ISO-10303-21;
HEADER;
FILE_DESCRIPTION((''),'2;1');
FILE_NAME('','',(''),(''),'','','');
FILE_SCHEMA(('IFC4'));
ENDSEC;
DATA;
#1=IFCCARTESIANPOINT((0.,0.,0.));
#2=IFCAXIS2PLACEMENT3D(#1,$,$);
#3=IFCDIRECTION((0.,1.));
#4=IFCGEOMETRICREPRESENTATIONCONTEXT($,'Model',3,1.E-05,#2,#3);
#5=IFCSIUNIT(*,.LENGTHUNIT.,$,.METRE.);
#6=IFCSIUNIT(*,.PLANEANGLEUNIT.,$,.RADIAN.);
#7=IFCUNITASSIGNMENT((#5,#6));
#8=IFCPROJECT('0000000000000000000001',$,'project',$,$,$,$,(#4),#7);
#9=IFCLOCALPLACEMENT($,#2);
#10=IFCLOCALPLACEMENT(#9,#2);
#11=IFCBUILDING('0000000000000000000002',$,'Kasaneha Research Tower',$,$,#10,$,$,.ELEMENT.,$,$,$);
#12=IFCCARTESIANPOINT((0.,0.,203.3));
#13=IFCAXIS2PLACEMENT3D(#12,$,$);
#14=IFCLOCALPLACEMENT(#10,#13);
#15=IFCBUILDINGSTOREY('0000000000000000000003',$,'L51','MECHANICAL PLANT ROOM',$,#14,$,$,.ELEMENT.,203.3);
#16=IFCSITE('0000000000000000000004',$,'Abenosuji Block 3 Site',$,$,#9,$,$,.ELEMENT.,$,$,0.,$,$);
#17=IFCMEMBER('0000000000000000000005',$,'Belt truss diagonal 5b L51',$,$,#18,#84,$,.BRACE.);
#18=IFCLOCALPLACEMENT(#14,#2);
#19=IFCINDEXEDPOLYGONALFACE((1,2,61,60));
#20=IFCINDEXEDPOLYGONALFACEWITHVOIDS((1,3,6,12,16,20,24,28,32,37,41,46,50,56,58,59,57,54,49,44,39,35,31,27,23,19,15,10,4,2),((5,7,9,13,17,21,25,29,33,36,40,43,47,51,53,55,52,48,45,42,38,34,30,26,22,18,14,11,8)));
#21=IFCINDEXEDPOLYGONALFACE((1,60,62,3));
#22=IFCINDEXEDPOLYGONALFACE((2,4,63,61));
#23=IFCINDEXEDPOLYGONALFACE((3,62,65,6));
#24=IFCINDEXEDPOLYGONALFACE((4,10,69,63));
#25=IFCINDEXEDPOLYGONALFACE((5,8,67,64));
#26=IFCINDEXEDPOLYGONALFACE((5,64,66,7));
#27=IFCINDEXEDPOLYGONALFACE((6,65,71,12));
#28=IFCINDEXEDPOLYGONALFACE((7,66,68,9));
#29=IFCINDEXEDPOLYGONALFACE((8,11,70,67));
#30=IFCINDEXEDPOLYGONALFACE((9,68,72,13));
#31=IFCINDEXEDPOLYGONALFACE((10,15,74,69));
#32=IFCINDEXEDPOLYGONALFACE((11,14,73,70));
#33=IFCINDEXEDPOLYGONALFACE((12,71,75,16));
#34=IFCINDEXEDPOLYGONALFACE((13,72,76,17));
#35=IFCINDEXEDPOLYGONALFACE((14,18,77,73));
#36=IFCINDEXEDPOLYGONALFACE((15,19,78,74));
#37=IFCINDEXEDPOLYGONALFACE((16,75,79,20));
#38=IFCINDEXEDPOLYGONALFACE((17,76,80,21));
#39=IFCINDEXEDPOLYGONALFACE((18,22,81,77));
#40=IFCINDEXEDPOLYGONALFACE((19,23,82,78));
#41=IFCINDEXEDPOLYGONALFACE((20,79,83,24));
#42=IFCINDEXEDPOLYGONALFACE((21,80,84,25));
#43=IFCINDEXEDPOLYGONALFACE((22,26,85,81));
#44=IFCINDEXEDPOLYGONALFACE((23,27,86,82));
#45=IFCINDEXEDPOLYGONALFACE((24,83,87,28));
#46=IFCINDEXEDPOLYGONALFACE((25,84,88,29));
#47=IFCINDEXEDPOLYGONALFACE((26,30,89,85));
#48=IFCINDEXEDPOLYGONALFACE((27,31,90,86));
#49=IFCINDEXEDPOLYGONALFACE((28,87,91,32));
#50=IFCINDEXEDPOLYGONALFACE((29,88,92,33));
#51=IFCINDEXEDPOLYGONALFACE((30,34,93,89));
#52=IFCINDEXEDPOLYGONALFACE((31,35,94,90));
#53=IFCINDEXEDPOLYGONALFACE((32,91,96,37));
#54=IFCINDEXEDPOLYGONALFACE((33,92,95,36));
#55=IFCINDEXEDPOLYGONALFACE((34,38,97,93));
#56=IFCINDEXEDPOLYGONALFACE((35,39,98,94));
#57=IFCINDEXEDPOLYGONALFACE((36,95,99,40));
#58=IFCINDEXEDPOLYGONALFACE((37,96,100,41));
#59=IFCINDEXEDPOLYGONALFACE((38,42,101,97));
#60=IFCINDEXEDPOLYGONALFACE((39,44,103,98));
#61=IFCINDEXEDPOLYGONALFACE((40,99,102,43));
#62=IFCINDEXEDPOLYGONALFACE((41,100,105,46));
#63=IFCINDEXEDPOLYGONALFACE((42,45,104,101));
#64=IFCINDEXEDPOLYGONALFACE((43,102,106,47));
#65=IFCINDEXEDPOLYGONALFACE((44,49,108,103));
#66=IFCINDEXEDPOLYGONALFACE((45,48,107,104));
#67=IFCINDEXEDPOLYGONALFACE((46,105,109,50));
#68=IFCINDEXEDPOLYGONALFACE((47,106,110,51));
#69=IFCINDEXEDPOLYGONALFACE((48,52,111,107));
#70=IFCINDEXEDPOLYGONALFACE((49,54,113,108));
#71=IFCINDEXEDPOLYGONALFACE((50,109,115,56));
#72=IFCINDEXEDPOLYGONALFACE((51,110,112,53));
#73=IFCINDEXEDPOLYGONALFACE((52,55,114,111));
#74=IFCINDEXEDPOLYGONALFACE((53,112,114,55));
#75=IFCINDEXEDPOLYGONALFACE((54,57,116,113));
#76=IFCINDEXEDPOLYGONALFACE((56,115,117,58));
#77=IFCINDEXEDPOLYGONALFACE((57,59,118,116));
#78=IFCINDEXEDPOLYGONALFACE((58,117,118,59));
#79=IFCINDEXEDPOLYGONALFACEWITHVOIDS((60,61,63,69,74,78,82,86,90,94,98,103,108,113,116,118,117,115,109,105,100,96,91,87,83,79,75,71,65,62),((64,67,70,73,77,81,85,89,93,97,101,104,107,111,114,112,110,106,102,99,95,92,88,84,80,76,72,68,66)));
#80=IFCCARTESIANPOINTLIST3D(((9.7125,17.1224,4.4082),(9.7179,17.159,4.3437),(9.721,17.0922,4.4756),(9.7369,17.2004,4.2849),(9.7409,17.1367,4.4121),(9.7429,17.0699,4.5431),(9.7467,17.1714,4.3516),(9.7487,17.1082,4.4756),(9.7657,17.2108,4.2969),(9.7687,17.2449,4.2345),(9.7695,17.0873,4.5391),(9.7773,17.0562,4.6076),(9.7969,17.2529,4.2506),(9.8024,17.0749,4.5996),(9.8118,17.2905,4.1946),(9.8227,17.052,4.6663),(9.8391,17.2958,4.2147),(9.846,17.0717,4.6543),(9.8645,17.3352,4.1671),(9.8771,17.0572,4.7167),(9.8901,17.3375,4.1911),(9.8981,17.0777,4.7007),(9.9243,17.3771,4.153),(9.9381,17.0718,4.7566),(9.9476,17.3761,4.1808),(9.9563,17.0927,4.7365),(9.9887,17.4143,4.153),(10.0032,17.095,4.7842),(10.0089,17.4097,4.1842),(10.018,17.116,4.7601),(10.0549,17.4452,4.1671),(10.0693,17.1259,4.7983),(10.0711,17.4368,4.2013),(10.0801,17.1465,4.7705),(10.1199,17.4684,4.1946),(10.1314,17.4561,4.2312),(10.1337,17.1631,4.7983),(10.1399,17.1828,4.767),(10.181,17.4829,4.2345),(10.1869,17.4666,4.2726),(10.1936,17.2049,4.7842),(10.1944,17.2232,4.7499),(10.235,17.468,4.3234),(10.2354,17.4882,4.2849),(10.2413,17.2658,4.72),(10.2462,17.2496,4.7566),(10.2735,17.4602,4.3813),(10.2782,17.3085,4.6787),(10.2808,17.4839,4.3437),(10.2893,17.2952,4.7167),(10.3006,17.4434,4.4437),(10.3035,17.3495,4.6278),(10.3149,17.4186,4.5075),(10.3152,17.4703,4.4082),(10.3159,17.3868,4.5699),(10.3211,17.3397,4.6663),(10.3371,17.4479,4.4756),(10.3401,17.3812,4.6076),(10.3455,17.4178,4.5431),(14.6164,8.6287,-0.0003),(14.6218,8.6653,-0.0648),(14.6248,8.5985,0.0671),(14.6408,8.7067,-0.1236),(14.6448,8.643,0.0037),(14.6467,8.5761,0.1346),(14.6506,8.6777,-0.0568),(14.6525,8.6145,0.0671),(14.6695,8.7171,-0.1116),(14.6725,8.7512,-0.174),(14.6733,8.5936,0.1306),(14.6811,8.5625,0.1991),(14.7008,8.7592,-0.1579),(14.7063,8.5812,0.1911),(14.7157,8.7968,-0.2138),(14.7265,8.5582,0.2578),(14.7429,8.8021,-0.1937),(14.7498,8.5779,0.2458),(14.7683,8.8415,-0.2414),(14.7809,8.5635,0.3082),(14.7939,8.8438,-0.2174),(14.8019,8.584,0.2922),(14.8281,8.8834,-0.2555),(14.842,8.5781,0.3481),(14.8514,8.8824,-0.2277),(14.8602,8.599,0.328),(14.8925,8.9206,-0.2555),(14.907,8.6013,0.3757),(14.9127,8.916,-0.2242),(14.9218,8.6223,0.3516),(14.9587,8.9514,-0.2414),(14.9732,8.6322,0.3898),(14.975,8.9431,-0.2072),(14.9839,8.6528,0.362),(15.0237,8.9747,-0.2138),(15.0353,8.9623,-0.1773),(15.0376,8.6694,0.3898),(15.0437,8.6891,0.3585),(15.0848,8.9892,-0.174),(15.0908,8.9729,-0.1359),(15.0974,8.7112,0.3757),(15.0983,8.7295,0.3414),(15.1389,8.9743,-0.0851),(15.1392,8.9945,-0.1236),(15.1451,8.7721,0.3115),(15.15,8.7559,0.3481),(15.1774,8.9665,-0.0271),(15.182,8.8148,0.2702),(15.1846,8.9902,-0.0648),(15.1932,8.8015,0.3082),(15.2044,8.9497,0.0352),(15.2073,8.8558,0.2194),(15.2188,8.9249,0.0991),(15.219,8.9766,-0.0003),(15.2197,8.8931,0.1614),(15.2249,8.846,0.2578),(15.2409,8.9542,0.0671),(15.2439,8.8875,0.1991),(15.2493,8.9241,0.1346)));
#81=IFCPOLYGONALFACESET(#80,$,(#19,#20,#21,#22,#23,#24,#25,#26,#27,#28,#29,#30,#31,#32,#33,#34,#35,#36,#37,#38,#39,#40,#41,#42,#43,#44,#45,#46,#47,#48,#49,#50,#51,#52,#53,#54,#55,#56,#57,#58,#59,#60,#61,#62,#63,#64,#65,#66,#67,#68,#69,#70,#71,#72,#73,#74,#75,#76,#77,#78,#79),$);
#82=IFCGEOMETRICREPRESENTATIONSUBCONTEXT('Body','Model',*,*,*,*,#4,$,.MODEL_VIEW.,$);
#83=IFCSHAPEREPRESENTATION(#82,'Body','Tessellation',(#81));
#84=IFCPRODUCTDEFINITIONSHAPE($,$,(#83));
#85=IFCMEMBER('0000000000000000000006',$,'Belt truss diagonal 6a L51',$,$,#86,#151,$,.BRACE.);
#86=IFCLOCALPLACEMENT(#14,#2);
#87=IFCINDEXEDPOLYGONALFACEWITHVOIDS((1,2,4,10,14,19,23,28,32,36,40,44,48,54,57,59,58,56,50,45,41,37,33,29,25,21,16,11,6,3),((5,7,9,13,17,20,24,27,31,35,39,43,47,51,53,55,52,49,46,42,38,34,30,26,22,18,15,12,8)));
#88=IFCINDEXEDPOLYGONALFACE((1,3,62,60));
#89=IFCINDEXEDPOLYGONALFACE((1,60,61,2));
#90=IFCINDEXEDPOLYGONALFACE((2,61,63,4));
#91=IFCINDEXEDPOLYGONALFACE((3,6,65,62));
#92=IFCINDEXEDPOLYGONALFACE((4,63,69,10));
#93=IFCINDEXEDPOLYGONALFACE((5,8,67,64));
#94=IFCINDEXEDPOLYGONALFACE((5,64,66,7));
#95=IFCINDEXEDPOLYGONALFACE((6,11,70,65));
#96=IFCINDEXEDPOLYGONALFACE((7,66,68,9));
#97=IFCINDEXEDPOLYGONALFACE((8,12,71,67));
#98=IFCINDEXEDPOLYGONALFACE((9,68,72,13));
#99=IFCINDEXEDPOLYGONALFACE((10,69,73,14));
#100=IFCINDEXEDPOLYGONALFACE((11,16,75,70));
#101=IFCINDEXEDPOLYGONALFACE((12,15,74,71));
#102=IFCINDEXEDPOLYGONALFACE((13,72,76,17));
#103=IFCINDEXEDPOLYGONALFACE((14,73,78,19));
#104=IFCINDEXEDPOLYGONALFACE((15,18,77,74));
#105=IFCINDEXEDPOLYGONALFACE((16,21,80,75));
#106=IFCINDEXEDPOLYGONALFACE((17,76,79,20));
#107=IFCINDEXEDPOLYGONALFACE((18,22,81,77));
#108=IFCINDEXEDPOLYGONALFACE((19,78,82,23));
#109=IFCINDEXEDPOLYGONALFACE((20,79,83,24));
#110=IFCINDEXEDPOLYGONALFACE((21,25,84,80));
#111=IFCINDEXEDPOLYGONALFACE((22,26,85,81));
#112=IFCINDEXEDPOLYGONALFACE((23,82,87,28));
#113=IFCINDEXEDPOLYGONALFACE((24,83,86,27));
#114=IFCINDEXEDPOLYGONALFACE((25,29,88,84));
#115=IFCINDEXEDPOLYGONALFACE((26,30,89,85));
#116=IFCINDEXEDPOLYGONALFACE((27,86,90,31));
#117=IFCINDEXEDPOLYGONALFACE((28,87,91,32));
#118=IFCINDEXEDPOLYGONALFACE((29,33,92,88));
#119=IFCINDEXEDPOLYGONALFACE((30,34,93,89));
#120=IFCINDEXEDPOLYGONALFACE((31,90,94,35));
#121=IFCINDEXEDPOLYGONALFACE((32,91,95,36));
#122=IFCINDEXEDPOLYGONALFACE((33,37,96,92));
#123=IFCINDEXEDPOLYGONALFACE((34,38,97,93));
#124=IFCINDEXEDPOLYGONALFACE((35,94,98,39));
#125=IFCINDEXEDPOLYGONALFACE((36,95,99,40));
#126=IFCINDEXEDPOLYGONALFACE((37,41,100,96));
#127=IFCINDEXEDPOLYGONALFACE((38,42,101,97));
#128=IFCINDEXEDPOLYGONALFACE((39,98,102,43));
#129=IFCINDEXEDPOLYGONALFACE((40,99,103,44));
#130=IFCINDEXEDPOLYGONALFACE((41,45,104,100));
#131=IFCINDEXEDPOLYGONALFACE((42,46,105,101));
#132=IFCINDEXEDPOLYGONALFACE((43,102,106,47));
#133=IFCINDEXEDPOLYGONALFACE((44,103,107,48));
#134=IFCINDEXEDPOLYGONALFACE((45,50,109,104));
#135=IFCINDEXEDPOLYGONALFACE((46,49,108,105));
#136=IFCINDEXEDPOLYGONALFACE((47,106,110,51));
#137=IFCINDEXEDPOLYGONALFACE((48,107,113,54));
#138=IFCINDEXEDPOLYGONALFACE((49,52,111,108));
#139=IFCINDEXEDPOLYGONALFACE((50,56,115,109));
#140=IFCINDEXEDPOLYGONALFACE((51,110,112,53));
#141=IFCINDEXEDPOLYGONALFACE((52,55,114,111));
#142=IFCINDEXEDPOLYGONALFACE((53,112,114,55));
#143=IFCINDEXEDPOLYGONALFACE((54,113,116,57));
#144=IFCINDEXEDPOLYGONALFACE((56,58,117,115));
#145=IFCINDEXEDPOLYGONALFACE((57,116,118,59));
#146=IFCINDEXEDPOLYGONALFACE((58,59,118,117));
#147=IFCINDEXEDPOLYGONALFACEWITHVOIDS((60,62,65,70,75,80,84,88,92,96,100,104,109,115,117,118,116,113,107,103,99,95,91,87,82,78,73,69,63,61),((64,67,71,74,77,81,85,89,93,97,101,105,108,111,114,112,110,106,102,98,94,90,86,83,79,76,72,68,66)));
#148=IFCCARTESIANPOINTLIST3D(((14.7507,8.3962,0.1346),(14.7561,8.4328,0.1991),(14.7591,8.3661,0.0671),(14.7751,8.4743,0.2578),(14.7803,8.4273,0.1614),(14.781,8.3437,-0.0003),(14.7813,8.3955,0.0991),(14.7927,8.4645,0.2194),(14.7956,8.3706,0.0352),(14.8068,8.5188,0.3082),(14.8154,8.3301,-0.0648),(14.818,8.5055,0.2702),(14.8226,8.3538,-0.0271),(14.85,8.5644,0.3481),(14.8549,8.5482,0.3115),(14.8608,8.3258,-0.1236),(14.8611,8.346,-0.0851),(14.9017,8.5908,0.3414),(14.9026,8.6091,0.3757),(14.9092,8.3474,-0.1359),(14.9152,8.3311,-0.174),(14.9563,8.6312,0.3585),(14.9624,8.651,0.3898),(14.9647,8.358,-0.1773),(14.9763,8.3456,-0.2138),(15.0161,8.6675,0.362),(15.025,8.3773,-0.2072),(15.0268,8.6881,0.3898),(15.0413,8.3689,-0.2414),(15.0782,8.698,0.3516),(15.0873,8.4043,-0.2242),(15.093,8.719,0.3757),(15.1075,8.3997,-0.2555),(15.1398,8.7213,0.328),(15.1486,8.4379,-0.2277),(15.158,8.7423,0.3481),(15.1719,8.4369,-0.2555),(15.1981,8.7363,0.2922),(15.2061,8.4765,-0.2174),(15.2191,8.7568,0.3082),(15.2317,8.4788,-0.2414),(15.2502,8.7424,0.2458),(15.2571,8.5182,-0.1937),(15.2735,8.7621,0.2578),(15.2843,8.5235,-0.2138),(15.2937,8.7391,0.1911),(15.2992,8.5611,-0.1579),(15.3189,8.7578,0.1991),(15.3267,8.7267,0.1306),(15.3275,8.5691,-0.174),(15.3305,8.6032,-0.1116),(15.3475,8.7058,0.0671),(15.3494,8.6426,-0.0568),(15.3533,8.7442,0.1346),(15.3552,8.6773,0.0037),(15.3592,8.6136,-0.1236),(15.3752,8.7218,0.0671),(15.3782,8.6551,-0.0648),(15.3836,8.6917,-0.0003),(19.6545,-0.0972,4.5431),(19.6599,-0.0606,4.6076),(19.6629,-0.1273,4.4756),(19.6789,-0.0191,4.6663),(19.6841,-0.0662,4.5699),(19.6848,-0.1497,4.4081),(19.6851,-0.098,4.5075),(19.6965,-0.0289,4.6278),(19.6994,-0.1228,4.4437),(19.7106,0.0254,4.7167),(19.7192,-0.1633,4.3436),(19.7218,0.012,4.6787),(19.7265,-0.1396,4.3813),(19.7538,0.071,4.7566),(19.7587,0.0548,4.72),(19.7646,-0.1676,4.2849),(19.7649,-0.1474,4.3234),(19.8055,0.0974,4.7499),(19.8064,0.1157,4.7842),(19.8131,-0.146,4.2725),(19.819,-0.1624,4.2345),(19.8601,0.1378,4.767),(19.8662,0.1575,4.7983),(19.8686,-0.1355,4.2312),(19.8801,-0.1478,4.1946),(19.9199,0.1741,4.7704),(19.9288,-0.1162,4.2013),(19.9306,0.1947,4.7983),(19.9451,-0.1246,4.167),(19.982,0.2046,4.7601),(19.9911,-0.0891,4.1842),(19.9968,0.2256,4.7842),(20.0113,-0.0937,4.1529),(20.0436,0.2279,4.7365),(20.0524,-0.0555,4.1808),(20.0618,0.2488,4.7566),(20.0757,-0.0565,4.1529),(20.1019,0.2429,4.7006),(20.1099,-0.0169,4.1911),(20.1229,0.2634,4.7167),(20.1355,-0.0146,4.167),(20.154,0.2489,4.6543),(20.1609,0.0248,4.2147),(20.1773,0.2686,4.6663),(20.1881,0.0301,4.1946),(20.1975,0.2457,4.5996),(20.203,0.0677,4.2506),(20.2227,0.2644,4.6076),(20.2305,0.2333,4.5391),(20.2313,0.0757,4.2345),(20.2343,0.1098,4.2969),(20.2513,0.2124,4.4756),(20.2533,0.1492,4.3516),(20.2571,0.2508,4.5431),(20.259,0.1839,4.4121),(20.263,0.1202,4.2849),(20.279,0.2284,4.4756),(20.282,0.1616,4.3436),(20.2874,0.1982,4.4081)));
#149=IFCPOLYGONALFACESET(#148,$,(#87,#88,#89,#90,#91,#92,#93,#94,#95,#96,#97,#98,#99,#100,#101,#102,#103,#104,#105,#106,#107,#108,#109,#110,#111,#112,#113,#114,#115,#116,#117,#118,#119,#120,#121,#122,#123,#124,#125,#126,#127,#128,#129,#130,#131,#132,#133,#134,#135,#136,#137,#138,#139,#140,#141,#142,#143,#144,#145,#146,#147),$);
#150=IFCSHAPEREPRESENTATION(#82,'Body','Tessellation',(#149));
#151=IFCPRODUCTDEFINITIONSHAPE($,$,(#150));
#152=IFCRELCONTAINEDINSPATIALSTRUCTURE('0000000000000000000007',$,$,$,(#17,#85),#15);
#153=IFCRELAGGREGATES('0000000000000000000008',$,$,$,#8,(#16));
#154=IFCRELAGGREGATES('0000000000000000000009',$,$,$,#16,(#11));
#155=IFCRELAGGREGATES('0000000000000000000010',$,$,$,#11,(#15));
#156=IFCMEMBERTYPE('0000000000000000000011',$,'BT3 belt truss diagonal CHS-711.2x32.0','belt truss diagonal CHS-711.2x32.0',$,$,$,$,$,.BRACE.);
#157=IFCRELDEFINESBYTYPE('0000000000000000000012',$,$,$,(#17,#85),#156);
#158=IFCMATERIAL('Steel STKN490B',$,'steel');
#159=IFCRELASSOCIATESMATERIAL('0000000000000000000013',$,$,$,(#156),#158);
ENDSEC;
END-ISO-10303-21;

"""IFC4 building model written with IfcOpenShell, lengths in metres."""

from ifc_helpers import new_model, si_unit, direction, frame, origin, origin_2d, place, context, subcontext, project, spatial, hollow_circle, extrude, material, material_profile, profile_set, type_object, element, save


model = new_model("IFC4")

# Units and contexts
model_context = context("Model", 3, precision=1e-05, world=origin(), true_north=direction((0.0, 1.0)))
body_context = subcontext(model_context, "Body", "Model", "MODEL_VIEW")
ifc_project = project(units=[si_unit("LENGTHUNIT", "METRE"), si_unit("PLANEANGLEUNIT", "RADIAN")], contexts=[model_context])

# Site, building, storey
site_placement = place(None, origin())
site = spatial("IfcSite", under=ifc_project, at=site_placement, Name="Abenosuji Block 3 Site", CompositionType="ELEMENT", RefElevation=0.0)
building_placement = place(site_placement, origin())
building = spatial("IfcBuilding", under=site, at=building_placement, Name="Kasaneha Research Tower", CompositionType="ELEMENT")
storey_placement = place(building_placement, frame((0.0, 0.0, 203.3)))
storey = spatial("IfcBuildingStorey", under=building, at=storey_placement, Name="L51", Description="MECHANICAL PLANT ROOM", CompositionType="ELEMENT", Elevation=203.3)

# Members
ifc_material_1 = material(Name="Steel STKN490B", Category="steel")
ifc_material_profile_1 = material_profile(ifc_material_1, hollow_circle(Radius=0.3557, WallThickness=0.032, at=origin_2d()), Name="CHS-711.2x32.0")
ifc_profile_set_1 = profile_set([ifc_material_profile_1], Name="Steel STKN490B")
member_type = type_object("IfcMemberType", Name="BT3 belt truss diagonal CHS-711.2x32.0", Description="belt truss diagonal CHS-711.2x32.0", PredefinedType="BRACE", material=ifc_profile_set_1)
for number, where, z_axis, x_axis, name in (
    (1, (14.9329, 8.7764, 0.0671), (-0.456047, 0.789897, 0.409979), (-0.866026, -0.5, 0.0), "Belt truss diagonal 5b L51"),
):
    element("IfcMember", number, at=place(storey_placement, frame(where, z_axis=z_axis, x_axis=x_axis)), inside=storey, type_object=member_type, Name=name, PredefinedType="BRACE", context=body_context, shape_type="SweptSolid", body=[
        extrude(hollow_circle(Radius=0.3557, WallThickness=0.032, at=origin_2d()), origin(), (0.0, 0.0, 1.0), 10.7529),
    ])
member_1_placement = place(storey_placement, frame((15.0671, 8.5439, 0.0671), z_axis=(0.456055, -0.789889, 0.409987), x_axis=(0.866019, 0.50001, 0.0)))
element("IfcMember", 2, at=member_1_placement, inside=storey, type_object=member_type, Name="Belt truss diagonal 6a L51", PredefinedType="BRACE", context=body_context, shape_type="SweptSolid", body=[
    extrude(hollow_circle(Radius=0.3557, WallThickness=0.032, at=origin_2d()), origin(), (0.0, 0.0, 1.0), 10.7527),
])

save(model, "model.ifc")
